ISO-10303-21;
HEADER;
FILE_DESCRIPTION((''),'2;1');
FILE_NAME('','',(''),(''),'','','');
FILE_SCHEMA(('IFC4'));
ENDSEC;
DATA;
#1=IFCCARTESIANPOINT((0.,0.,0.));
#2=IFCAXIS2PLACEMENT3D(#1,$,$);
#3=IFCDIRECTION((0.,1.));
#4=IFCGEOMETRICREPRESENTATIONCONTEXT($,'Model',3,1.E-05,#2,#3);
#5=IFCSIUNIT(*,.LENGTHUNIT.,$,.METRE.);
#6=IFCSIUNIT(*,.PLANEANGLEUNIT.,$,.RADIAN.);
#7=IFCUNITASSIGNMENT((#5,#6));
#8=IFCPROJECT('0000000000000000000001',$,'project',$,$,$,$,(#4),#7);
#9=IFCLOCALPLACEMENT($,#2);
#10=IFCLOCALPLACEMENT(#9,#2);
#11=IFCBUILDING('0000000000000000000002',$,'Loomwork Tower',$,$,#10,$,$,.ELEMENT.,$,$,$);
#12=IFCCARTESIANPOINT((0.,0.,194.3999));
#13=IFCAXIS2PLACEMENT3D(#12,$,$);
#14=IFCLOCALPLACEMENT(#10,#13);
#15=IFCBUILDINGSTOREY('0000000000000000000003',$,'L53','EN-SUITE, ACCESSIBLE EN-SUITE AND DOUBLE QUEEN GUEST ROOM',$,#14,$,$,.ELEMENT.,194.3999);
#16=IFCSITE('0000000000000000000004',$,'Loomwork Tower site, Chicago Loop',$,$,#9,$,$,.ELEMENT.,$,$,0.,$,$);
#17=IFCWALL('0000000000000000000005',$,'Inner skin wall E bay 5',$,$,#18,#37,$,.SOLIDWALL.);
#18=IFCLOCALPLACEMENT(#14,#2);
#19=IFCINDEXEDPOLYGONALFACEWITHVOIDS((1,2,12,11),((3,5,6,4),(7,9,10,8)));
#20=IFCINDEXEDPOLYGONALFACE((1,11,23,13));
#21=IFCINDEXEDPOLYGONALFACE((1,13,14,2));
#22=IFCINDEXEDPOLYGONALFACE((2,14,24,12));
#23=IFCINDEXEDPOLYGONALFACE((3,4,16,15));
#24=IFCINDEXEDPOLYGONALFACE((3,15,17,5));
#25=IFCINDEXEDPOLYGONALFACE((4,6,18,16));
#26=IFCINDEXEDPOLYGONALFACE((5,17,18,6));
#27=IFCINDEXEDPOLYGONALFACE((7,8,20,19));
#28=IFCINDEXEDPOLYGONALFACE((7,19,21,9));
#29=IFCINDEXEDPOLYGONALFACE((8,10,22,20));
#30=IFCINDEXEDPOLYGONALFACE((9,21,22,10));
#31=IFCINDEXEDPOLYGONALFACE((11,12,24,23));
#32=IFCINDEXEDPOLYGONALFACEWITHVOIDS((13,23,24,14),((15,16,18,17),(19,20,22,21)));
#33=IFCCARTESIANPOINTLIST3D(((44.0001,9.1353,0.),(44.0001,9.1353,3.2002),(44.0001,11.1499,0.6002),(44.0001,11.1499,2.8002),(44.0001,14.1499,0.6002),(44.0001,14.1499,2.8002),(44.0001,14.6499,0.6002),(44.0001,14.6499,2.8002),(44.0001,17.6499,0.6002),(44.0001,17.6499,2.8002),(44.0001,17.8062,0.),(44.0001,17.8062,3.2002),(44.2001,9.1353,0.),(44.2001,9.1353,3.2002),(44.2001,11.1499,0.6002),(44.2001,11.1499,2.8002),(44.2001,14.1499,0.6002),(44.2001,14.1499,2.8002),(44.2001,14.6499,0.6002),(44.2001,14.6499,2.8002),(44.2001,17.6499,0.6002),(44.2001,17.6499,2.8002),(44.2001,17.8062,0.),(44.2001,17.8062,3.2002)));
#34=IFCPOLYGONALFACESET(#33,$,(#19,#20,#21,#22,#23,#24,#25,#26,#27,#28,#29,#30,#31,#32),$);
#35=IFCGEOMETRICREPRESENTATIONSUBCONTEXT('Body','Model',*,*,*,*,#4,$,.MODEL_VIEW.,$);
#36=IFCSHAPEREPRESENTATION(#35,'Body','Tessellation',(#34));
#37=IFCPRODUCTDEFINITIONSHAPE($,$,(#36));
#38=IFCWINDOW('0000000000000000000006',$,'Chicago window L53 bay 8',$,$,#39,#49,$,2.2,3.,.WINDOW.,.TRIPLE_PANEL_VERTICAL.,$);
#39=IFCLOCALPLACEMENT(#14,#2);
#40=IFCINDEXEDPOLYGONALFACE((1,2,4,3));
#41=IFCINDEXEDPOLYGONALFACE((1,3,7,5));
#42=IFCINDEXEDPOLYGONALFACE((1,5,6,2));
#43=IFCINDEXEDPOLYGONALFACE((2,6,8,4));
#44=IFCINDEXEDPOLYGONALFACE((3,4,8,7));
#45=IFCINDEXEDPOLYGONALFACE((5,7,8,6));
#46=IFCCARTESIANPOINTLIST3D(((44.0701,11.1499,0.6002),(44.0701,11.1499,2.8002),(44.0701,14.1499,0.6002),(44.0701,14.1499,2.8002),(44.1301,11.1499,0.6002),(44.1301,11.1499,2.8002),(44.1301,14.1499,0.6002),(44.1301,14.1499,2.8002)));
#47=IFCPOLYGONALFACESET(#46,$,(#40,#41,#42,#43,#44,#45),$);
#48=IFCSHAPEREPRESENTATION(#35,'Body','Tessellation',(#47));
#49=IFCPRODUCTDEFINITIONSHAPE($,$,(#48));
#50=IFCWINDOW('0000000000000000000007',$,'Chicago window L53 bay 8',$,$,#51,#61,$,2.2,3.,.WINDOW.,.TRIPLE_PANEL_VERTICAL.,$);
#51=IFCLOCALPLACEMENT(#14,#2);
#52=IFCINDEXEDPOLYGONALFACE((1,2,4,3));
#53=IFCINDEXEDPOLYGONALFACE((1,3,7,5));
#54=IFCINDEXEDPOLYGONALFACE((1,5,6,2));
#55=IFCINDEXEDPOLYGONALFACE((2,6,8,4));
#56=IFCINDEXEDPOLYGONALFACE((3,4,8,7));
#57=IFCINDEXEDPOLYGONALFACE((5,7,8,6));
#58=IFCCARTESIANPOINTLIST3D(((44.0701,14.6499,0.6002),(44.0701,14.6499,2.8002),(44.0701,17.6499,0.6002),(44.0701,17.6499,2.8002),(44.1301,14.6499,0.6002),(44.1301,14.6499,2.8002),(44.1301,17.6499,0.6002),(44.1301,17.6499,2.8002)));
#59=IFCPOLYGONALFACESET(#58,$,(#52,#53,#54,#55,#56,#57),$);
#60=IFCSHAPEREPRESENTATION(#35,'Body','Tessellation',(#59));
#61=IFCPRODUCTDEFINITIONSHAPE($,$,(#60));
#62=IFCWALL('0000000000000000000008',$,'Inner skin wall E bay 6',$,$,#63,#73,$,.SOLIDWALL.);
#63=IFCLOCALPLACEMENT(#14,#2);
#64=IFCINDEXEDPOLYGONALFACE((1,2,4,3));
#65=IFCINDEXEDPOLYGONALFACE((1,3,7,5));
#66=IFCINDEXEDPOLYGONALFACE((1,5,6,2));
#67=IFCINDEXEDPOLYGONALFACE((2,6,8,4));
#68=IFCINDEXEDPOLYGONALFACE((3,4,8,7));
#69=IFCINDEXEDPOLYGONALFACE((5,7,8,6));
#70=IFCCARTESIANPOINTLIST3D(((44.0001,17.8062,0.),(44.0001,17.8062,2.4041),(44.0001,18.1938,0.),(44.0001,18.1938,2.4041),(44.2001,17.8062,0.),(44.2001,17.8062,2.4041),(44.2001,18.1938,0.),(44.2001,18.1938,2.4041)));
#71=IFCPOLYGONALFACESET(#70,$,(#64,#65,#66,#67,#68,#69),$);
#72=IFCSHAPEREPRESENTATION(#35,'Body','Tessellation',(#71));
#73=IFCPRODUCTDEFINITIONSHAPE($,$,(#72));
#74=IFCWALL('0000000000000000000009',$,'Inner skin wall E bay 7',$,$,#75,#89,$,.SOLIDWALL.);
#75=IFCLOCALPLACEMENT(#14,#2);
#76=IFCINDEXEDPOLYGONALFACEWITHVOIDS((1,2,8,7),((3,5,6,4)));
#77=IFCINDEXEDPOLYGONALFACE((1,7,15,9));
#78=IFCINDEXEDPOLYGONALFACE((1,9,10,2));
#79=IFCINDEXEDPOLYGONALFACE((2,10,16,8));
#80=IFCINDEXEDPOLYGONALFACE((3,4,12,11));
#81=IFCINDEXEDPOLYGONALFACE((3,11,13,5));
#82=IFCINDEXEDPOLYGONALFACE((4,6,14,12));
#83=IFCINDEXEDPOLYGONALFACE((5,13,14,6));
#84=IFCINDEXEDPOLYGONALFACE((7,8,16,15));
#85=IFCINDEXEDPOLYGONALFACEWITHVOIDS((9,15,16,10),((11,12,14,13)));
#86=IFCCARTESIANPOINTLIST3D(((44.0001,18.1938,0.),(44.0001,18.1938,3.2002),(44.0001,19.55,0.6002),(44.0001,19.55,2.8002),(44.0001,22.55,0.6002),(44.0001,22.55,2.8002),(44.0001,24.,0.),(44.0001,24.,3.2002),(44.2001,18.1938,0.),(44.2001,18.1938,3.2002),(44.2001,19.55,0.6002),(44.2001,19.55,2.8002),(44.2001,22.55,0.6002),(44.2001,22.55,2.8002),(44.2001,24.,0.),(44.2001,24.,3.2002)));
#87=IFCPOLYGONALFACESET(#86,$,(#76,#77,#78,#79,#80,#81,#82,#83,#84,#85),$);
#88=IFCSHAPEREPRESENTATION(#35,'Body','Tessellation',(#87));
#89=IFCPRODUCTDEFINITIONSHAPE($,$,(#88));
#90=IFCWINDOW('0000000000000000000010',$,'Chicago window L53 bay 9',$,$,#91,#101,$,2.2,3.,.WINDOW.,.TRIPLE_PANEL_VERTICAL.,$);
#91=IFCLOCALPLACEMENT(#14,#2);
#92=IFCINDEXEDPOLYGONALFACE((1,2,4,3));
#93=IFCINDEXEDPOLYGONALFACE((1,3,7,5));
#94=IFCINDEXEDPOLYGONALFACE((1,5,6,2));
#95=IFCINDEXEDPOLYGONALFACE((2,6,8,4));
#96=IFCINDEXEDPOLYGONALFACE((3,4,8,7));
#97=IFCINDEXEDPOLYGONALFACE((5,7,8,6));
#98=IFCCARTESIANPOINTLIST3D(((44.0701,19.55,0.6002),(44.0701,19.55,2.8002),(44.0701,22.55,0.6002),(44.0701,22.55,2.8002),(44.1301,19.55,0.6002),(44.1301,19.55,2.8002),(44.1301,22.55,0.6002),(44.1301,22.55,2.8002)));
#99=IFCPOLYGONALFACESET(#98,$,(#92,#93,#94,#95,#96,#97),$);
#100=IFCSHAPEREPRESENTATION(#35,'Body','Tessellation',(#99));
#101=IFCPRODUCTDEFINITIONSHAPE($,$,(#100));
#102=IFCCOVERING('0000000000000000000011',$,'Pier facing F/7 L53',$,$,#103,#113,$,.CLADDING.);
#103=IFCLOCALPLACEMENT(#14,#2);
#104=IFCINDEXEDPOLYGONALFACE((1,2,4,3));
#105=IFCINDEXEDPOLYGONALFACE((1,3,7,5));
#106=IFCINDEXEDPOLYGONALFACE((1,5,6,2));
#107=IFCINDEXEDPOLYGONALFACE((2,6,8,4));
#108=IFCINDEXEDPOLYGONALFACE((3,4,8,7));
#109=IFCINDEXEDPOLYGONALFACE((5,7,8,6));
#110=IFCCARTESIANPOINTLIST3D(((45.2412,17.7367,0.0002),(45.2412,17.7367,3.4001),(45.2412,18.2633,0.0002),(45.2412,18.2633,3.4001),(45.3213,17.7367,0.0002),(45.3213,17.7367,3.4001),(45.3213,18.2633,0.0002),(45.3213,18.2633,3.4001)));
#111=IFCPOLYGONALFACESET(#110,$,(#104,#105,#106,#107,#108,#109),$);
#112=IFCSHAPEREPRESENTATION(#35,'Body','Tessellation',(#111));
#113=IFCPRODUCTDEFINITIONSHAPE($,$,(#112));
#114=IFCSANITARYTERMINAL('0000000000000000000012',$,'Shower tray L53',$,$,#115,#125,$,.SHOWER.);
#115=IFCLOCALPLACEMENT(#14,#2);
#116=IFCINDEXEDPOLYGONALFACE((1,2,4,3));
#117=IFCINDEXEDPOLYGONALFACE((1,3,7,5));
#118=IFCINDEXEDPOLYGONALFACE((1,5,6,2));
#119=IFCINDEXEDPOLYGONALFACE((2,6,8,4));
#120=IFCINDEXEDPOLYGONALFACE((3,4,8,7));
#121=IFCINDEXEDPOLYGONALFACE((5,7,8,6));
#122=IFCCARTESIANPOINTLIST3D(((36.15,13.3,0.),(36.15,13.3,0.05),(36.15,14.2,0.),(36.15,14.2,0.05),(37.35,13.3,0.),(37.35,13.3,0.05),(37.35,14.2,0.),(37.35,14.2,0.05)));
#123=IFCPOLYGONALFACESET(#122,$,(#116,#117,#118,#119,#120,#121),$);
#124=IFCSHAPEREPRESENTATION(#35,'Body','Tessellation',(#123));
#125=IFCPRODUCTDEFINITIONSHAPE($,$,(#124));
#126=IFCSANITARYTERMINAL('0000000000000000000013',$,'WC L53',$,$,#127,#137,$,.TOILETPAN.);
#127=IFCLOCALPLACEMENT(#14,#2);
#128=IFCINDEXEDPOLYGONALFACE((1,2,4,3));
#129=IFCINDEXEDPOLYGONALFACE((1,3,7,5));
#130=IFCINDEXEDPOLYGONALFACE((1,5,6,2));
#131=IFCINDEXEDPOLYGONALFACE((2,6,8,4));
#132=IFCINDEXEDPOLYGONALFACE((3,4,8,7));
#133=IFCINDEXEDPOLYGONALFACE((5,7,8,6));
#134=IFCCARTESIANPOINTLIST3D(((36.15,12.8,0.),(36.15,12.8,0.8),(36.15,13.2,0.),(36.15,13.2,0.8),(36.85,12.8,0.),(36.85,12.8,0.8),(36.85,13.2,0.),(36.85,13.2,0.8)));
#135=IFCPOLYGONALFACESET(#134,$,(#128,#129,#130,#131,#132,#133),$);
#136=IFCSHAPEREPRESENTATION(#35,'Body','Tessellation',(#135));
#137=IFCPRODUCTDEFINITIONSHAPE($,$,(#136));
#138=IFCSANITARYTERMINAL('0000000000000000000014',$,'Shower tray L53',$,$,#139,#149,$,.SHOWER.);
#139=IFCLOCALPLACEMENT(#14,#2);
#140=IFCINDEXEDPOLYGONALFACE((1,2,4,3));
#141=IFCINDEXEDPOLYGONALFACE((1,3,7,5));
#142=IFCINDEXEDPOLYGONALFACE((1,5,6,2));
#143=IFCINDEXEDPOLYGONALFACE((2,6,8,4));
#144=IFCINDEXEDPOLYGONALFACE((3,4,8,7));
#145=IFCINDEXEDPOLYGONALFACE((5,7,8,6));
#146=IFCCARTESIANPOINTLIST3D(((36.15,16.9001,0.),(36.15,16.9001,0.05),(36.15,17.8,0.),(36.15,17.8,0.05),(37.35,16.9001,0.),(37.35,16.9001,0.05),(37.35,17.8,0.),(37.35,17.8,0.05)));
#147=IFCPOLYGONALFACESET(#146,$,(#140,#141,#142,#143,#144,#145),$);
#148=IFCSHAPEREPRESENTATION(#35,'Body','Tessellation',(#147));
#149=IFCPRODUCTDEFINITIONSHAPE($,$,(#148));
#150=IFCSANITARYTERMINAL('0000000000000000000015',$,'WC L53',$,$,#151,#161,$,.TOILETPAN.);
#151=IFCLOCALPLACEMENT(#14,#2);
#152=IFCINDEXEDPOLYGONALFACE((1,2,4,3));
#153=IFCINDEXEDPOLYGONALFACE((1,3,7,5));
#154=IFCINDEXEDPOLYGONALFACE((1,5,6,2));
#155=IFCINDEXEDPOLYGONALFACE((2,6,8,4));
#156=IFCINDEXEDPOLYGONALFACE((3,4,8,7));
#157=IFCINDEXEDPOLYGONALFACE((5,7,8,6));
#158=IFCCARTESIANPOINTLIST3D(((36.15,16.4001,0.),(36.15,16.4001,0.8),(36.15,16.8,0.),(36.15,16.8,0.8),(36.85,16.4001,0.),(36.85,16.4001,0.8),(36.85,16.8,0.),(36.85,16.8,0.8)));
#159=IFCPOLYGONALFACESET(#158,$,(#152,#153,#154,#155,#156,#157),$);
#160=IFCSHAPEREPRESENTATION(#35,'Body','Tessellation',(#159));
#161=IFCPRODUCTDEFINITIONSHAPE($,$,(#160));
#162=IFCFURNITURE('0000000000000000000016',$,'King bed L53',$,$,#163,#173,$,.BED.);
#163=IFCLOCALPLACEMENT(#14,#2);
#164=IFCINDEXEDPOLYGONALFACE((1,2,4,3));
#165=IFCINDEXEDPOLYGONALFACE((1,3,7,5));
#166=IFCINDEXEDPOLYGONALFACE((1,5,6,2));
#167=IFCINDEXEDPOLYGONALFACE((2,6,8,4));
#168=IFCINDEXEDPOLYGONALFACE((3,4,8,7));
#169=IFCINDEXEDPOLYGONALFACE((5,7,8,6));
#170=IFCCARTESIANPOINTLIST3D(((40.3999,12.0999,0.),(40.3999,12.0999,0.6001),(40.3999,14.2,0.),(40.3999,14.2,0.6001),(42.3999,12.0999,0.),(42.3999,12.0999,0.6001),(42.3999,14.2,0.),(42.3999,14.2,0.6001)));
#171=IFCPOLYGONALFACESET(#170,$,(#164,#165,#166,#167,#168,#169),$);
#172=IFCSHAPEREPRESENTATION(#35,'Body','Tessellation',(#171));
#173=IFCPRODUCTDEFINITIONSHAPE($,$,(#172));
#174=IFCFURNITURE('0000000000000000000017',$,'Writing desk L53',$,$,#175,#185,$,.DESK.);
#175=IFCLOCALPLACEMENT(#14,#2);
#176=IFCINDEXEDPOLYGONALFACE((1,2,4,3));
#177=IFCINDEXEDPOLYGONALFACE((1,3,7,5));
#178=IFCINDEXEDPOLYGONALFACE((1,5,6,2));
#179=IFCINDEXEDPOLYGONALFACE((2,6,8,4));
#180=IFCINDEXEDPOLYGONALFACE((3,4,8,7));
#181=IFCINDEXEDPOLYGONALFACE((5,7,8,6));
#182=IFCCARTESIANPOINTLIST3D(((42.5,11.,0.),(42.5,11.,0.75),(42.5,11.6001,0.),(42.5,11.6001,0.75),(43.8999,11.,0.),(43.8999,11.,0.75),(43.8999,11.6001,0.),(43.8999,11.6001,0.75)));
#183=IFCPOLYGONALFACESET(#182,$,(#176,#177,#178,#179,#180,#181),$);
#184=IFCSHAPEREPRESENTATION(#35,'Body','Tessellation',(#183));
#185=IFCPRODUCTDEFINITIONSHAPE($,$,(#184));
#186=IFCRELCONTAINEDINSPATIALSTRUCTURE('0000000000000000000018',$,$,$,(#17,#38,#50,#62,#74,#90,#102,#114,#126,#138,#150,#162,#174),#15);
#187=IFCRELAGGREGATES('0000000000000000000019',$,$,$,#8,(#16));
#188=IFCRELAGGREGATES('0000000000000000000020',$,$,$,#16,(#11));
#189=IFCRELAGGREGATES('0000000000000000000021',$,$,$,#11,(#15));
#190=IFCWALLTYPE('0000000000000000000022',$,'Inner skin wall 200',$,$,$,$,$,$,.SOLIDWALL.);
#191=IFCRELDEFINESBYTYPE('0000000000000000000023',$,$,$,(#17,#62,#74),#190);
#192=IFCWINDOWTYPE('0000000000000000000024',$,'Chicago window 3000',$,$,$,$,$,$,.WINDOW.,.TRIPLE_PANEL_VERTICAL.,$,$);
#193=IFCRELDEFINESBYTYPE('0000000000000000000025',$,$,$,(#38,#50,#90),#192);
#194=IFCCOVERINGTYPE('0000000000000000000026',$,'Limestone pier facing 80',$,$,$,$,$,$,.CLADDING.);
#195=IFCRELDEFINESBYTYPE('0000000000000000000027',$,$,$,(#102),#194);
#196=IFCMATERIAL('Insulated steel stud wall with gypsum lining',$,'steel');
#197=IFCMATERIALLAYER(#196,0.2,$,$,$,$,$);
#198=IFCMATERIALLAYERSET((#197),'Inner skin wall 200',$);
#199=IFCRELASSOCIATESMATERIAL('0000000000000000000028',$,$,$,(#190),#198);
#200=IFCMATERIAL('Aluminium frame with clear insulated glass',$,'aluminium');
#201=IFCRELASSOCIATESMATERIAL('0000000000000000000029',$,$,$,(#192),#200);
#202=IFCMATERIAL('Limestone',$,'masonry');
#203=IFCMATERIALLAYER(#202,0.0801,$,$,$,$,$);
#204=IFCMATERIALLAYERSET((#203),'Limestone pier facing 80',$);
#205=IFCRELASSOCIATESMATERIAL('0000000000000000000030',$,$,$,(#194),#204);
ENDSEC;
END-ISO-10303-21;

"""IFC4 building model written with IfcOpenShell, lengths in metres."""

from ifc_helpers import new_model, si_unit, direction, frame, frame_2d, origin, origin_2d, place, context, subcontext, project, spatial, rectangle, extrude, material, layer, layer_set, type_object, element, fill, save


model = new_model("IFC4")

# Units and contexts
model_context = context("Model", 3, precision=1e-05, world=origin(), true_north=direction((0.0, 1.0)))
body_context = subcontext(model_context, "Body", "Model", "MODEL_VIEW")
ifc_project = project(units=[si_unit("LENGTHUNIT", "METRE"), si_unit("PLANEANGLEUNIT", "RADIAN")], contexts=[model_context])

# Site, building, storey
site_placement = place(None, origin())
site = spatial("IfcSite", under=ifc_project, at=site_placement, Name="Loomwork Tower site, Chicago Loop", CompositionType="ELEMENT", RefElevation=0.0)
building_placement = place(site_placement, origin())
building = spatial("IfcBuilding", under=site, at=building_placement, Name="Loomwork Tower", CompositionType="ELEMENT")
storey_placement = place(building_placement, frame((0.0, 0.0, 194.3999)))
storey = spatial("IfcBuildingStorey", under=building, at=storey_placement, Name="L53", Description="EN-SUITE, ACCESSIBLE EN-SUITE AND DOUBLE QUEEN GUEST ROOM", CompositionType="ELEMENT", Elevation=194.3999)

# Wall, openings, windows
ifc_material_1 = material(Name="Insulated steel stud wall with gypsum lining", Category="steel")
ifc_layer_1 = layer(ifc_material_1, 0.2)
ifc_layer_set_1 = layer_set([ifc_layer_1], Name="Inner skin wall 200")
wall_type_1 = type_object("IfcWallType", Name="Inner skin wall 200", PredefinedType="SOLIDWALL", material=ifc_layer_set_1)
wall_1_placement = place(storey_placement, frame((44.1001, 9.1353, 0.0), z_axis=(0.0, 0.0, 1.0), x_axis=(0.0, 1.0, 0.0)))
wall_1 = element("IfcWall", 1, at=wall_1_placement, inside=storey, type_object=wall_type_1, Name="Inner skin wall E bay 5", PredefinedType="SOLIDWALL", context=body_context, shape_type="SweptSolid", body=[
    extrude(rectangle(XDim=8.6709, YDim=0.2, at=frame_2d((4.3354, 0.0))), origin(), (0.0, 0.0, 1.0), 3.2002),
])
opening_1_placement = place(wall_1_placement, frame((2.0146, 0.0, 0.6001)))
opening_1 = element("IfcOpeningElement", 2, at=opening_1_placement, cuts=wall_1, PredefinedType="OPENING", context=body_context, shape_type="SweptSolid", body=[
    extrude(rectangle(XDim=3.0, YDim=2.2, at=frame_2d((1.5, 1.1001))), frame((0.0, 0.1099, 0.0), z_axis=(0.0, -1.0, 0.0), x_axis=(1.0, 0.0, 0.0)), (0.0, 0.0, 1.0), 0.22),
])
opening_2_placement = place(wall_1_placement, frame((5.5146, 0.0, 0.6001)))
opening_2 = element("IfcOpeningElement", 3, at=opening_2_placement, cuts=wall_1, PredefinedType="OPENING", context=body_context, shape_type="SweptSolid", body=[
    extrude(rectangle(XDim=3.0, YDim=2.2, at=frame_2d((1.5, 1.1001))), frame((0.0, 0.1099, 0.0), z_axis=(0.0, -1.0, 0.0), x_axis=(1.0, 0.0, 0.0)), (0.0, 0.0, 1.0), 0.22),
])
ifc_material_2 = material(Name="Aluminium frame with clear insulated glass", Category="aluminium")
window_type = type_object("IfcWindowType", Name="Chicago window 3000", PartitioningType="TRIPLE_PANEL_VERTICAL", PredefinedType="WINDOW", material=ifc_material_2)
window_1_placement = place(opening_1_placement, origin())
window_1 = element("IfcWindow", 4, at=window_1_placement, inside=storey, type_object=window_type, Name="Chicago window L53 bay 8", OverallHeight=2.2, OverallWidth=3.0, PartitioningType="TRIPLE_PANEL_VERTICAL", PredefinedType="WINDOW", context=body_context, shape_type="SweptSolid", body=[
    extrude(rectangle(XDim=3.0, YDim=2.2, at=frame_2d((1.5, 1.1001))), frame((0.0, 0.03, 0.0), z_axis=(0.0, -1.0, 0.0), x_axis=(1.0, 0.0, 0.0)), (0.0, 0.0, 1.0), 0.0601),
])
fill(opening_1, window_1)
window_2_placement = place(opening_2_placement, origin())
window_2 = element("IfcWindow", 5, at=window_2_placement, inside=storey, type_object=window_type, Name="Chicago window L53 bay 8", OverallHeight=2.2, OverallWidth=3.0, PartitioningType="TRIPLE_PANEL_VERTICAL", PredefinedType="WINDOW", context=body_context, shape_type="SweptSolid", body=[
    extrude(rectangle(XDim=3.0, YDim=2.2, at=frame_2d((1.5, 1.1001))), frame((0.0, 0.03, 0.0), z_axis=(0.0, -1.0, 0.0), x_axis=(1.0, 0.0, 0.0)), (0.0, 0.0, 1.0), 0.0601),
])
fill(opening_2, window_2)

# Wall
wall_2_placement = place(storey_placement, frame((44.1001, 17.8062, 0.0), z_axis=(0.0, 0.0, 1.0), x_axis=(0.0, 1.0, 0.0)))
element("IfcWall", 6, at=wall_2_placement, inside=storey, type_object=wall_type_1, Name="Inner skin wall E bay 6", PredefinedType="SOLIDWALL", context=body_context, shape_type="SweptSolid", body=[
    extrude(rectangle(XDim=0.3877, YDim=0.2, at=frame_2d((0.1938, 0.0))), origin(), (0.0, 0.0, 1.0), 2.4041),
])

# Wall, opening, window
wall_3_placement = place(storey_placement, frame((44.1001, 18.1938, 0.0), z_axis=(0.0, 0.0, 1.0), x_axis=(0.0, 1.0, 0.0)))
wall_3 = element("IfcWall", 7, at=wall_3_placement, inside=storey, type_object=wall_type_1, Name="Inner skin wall E bay 7", PredefinedType="SOLIDWALL", context=body_context, shape_type="SweptSolid", body=[
    extrude(rectangle(XDim=5.8062, YDim=0.2, at=frame_2d((2.9031, 0.0))), origin(), (0.0, 0.0, 1.0), 3.2002),
])
opening_3_placement = place(wall_3_placement, frame((1.3562, 0.0, 0.6001)))
opening_3 = element("IfcOpeningElement", 8, at=opening_3_placement, cuts=wall_3, PredefinedType="OPENING", context=body_context, shape_type="SweptSolid", body=[
    extrude(rectangle(XDim=3.0, YDim=2.2, at=frame_2d((1.5, 1.1001))), frame((0.0, 0.1099, 0.0), z_axis=(0.0, -1.0, 0.0), x_axis=(1.0, 0.0, 0.0)), (0.0, 0.0, 1.0), 0.22),
])
window_3_placement = place(opening_3_placement, origin())
window_3 = element("IfcWindow", 9, at=window_3_placement, inside=storey, type_object=window_type, Name="Chicago window L53 bay 9", OverallHeight=2.2, OverallWidth=3.0, PartitioningType="TRIPLE_PANEL_VERTICAL", PredefinedType="WINDOW", context=body_context, shape_type="SweptSolid", body=[
    extrude(rectangle(XDim=3.0, YDim=2.2, at=frame_2d((1.5, 1.1001))), frame((0.0, 0.03, 0.0), z_axis=(0.0, -1.0, 0.0), x_axis=(1.0, 0.0, 0.0)), (0.0, 0.0, 1.0), 0.0601),
])
fill(opening_3, window_3)

# Covering
ifc_material_3 = material(Name="Limestone", Category="masonry")
ifc_layer_2 = layer(ifc_material_3, 0.0801)
ifc_layer_set_2 = layer_set([ifc_layer_2], Name="Limestone pier facing 80")
covering_type = type_object("IfcCoveringType", Name="Limestone pier facing 80", PredefinedType="CLADDING", material=ifc_layer_set_2)
covering_placement = place(storey_placement, frame((45.2812, 18.0, 0.0002), z_axis=(0.0, 0.0, 1.0), x_axis=(1.0, 0.0, 0.0)))
element("IfcCovering", 10, at=covering_placement, inside=storey, type_object=covering_type, Name="Pier facing F/7 L53", PredefinedType="CLADDING", context=body_context, shape_type="SweptSolid", body=[
    extrude(rectangle(XDim=0.0801, YDim=0.5266, at=origin_2d()), origin(), (0.0, 0.0, 1.0), 3.3999),
])

# Sanitary terminals
sanitary_terminal_1_placement = place(storey_placement, frame((36.75, 13.75, 0.0), z_axis=(0.0, 0.0, 1.0), x_axis=(1.0, 0.0, 0.0)))
element("IfcSanitaryTerminal", 11, at=sanitary_terminal_1_placement, inside=storey, Name="Shower tray L53", PredefinedType="SHOWER", context=body_context, shape_type="SweptSolid", body=[
    extrude(rectangle(XDim=1.2, YDim=0.8999, at=origin_2d()), origin(), (0.0, 0.0, 1.0), 0.05),
])
sanitary_terminal_2_placement = place(storey_placement, frame((36.5, 13.0, 0.0), z_axis=(0.0, 0.0, 1.0), x_axis=(1.0, 0.0, 0.0)))
element("IfcSanitaryTerminal", 12, at=sanitary_terminal_2_placement, inside=storey, Name="WC L53", PredefinedType="TOILETPAN", context=body_context, shape_type="SweptSolid", body=[
    extrude(rectangle(XDim=0.7, YDim=0.3999, at=origin_2d()), origin(), (0.0, 0.0, 1.0), 0.8),
])
sanitary_terminal_3_placement = place(storey_placement, frame((36.75, 17.3501, 0.0), z_axis=(0.0, 0.0, 1.0), x_axis=(1.0, 0.0, 0.0)))
element("IfcSanitaryTerminal", 13, at=sanitary_terminal_3_placement, inside=storey, Name="Shower tray L53", PredefinedType="SHOWER", context=body_context, shape_type="SweptSolid", body=[
    extrude(rectangle(XDim=1.2, YDim=0.8999, at=origin_2d()), origin(), (0.0, 0.0, 1.0), 0.05),
])
sanitary_terminal_4_placement = place(storey_placement, frame((36.5, 16.6001, 0.0), z_axis=(0.0, 0.0, 1.0), x_axis=(1.0, 0.0, 0.0)))
element("IfcSanitaryTerminal", 14, at=sanitary_terminal_4_placement, inside=storey, Name="WC L53", PredefinedType="TOILETPAN", context=body_context, shape_type="SweptSolid", body=[
    extrude(rectangle(XDim=0.7, YDim=0.3999, at=origin_2d()), origin(), (0.0, 0.0, 1.0), 0.8),
])

# Furniture
furniture_1_placement = place(storey_placement, frame((41.3999, 13.1499, 0.0), z_axis=(0.0, 0.0, 1.0), x_axis=(1.0, 0.0, 0.0)))
element("IfcFurniture", 15, at=furniture_1_placement, inside=storey, Name="King bed L53", PredefinedType="BED", context=body_context, shape_type="SweptSolid", body=[
    extrude(rectangle(XDim=2.0, YDim=2.1001, at=origin_2d()), origin(), (0.0, 0.0, 1.0), 0.6001),
])
furniture_2_placement = place(storey_placement, frame((43.2, 11.3, 0.0), z_axis=(0.0, 0.0, 1.0), x_axis=(1.0, 0.0, 0.0)))
element("IfcFurniture", 16, at=furniture_2_placement, inside=storey, Name="Writing desk L53", PredefinedType="DESK", context=body_context, shape_type="SweptSolid", body=[
    extrude(rectangle(XDim=1.3999, YDim=0.6001, at=origin_2d()), origin(), (0.0, 0.0, 1.0), 0.75),
])

save(model, "model.ifc")
